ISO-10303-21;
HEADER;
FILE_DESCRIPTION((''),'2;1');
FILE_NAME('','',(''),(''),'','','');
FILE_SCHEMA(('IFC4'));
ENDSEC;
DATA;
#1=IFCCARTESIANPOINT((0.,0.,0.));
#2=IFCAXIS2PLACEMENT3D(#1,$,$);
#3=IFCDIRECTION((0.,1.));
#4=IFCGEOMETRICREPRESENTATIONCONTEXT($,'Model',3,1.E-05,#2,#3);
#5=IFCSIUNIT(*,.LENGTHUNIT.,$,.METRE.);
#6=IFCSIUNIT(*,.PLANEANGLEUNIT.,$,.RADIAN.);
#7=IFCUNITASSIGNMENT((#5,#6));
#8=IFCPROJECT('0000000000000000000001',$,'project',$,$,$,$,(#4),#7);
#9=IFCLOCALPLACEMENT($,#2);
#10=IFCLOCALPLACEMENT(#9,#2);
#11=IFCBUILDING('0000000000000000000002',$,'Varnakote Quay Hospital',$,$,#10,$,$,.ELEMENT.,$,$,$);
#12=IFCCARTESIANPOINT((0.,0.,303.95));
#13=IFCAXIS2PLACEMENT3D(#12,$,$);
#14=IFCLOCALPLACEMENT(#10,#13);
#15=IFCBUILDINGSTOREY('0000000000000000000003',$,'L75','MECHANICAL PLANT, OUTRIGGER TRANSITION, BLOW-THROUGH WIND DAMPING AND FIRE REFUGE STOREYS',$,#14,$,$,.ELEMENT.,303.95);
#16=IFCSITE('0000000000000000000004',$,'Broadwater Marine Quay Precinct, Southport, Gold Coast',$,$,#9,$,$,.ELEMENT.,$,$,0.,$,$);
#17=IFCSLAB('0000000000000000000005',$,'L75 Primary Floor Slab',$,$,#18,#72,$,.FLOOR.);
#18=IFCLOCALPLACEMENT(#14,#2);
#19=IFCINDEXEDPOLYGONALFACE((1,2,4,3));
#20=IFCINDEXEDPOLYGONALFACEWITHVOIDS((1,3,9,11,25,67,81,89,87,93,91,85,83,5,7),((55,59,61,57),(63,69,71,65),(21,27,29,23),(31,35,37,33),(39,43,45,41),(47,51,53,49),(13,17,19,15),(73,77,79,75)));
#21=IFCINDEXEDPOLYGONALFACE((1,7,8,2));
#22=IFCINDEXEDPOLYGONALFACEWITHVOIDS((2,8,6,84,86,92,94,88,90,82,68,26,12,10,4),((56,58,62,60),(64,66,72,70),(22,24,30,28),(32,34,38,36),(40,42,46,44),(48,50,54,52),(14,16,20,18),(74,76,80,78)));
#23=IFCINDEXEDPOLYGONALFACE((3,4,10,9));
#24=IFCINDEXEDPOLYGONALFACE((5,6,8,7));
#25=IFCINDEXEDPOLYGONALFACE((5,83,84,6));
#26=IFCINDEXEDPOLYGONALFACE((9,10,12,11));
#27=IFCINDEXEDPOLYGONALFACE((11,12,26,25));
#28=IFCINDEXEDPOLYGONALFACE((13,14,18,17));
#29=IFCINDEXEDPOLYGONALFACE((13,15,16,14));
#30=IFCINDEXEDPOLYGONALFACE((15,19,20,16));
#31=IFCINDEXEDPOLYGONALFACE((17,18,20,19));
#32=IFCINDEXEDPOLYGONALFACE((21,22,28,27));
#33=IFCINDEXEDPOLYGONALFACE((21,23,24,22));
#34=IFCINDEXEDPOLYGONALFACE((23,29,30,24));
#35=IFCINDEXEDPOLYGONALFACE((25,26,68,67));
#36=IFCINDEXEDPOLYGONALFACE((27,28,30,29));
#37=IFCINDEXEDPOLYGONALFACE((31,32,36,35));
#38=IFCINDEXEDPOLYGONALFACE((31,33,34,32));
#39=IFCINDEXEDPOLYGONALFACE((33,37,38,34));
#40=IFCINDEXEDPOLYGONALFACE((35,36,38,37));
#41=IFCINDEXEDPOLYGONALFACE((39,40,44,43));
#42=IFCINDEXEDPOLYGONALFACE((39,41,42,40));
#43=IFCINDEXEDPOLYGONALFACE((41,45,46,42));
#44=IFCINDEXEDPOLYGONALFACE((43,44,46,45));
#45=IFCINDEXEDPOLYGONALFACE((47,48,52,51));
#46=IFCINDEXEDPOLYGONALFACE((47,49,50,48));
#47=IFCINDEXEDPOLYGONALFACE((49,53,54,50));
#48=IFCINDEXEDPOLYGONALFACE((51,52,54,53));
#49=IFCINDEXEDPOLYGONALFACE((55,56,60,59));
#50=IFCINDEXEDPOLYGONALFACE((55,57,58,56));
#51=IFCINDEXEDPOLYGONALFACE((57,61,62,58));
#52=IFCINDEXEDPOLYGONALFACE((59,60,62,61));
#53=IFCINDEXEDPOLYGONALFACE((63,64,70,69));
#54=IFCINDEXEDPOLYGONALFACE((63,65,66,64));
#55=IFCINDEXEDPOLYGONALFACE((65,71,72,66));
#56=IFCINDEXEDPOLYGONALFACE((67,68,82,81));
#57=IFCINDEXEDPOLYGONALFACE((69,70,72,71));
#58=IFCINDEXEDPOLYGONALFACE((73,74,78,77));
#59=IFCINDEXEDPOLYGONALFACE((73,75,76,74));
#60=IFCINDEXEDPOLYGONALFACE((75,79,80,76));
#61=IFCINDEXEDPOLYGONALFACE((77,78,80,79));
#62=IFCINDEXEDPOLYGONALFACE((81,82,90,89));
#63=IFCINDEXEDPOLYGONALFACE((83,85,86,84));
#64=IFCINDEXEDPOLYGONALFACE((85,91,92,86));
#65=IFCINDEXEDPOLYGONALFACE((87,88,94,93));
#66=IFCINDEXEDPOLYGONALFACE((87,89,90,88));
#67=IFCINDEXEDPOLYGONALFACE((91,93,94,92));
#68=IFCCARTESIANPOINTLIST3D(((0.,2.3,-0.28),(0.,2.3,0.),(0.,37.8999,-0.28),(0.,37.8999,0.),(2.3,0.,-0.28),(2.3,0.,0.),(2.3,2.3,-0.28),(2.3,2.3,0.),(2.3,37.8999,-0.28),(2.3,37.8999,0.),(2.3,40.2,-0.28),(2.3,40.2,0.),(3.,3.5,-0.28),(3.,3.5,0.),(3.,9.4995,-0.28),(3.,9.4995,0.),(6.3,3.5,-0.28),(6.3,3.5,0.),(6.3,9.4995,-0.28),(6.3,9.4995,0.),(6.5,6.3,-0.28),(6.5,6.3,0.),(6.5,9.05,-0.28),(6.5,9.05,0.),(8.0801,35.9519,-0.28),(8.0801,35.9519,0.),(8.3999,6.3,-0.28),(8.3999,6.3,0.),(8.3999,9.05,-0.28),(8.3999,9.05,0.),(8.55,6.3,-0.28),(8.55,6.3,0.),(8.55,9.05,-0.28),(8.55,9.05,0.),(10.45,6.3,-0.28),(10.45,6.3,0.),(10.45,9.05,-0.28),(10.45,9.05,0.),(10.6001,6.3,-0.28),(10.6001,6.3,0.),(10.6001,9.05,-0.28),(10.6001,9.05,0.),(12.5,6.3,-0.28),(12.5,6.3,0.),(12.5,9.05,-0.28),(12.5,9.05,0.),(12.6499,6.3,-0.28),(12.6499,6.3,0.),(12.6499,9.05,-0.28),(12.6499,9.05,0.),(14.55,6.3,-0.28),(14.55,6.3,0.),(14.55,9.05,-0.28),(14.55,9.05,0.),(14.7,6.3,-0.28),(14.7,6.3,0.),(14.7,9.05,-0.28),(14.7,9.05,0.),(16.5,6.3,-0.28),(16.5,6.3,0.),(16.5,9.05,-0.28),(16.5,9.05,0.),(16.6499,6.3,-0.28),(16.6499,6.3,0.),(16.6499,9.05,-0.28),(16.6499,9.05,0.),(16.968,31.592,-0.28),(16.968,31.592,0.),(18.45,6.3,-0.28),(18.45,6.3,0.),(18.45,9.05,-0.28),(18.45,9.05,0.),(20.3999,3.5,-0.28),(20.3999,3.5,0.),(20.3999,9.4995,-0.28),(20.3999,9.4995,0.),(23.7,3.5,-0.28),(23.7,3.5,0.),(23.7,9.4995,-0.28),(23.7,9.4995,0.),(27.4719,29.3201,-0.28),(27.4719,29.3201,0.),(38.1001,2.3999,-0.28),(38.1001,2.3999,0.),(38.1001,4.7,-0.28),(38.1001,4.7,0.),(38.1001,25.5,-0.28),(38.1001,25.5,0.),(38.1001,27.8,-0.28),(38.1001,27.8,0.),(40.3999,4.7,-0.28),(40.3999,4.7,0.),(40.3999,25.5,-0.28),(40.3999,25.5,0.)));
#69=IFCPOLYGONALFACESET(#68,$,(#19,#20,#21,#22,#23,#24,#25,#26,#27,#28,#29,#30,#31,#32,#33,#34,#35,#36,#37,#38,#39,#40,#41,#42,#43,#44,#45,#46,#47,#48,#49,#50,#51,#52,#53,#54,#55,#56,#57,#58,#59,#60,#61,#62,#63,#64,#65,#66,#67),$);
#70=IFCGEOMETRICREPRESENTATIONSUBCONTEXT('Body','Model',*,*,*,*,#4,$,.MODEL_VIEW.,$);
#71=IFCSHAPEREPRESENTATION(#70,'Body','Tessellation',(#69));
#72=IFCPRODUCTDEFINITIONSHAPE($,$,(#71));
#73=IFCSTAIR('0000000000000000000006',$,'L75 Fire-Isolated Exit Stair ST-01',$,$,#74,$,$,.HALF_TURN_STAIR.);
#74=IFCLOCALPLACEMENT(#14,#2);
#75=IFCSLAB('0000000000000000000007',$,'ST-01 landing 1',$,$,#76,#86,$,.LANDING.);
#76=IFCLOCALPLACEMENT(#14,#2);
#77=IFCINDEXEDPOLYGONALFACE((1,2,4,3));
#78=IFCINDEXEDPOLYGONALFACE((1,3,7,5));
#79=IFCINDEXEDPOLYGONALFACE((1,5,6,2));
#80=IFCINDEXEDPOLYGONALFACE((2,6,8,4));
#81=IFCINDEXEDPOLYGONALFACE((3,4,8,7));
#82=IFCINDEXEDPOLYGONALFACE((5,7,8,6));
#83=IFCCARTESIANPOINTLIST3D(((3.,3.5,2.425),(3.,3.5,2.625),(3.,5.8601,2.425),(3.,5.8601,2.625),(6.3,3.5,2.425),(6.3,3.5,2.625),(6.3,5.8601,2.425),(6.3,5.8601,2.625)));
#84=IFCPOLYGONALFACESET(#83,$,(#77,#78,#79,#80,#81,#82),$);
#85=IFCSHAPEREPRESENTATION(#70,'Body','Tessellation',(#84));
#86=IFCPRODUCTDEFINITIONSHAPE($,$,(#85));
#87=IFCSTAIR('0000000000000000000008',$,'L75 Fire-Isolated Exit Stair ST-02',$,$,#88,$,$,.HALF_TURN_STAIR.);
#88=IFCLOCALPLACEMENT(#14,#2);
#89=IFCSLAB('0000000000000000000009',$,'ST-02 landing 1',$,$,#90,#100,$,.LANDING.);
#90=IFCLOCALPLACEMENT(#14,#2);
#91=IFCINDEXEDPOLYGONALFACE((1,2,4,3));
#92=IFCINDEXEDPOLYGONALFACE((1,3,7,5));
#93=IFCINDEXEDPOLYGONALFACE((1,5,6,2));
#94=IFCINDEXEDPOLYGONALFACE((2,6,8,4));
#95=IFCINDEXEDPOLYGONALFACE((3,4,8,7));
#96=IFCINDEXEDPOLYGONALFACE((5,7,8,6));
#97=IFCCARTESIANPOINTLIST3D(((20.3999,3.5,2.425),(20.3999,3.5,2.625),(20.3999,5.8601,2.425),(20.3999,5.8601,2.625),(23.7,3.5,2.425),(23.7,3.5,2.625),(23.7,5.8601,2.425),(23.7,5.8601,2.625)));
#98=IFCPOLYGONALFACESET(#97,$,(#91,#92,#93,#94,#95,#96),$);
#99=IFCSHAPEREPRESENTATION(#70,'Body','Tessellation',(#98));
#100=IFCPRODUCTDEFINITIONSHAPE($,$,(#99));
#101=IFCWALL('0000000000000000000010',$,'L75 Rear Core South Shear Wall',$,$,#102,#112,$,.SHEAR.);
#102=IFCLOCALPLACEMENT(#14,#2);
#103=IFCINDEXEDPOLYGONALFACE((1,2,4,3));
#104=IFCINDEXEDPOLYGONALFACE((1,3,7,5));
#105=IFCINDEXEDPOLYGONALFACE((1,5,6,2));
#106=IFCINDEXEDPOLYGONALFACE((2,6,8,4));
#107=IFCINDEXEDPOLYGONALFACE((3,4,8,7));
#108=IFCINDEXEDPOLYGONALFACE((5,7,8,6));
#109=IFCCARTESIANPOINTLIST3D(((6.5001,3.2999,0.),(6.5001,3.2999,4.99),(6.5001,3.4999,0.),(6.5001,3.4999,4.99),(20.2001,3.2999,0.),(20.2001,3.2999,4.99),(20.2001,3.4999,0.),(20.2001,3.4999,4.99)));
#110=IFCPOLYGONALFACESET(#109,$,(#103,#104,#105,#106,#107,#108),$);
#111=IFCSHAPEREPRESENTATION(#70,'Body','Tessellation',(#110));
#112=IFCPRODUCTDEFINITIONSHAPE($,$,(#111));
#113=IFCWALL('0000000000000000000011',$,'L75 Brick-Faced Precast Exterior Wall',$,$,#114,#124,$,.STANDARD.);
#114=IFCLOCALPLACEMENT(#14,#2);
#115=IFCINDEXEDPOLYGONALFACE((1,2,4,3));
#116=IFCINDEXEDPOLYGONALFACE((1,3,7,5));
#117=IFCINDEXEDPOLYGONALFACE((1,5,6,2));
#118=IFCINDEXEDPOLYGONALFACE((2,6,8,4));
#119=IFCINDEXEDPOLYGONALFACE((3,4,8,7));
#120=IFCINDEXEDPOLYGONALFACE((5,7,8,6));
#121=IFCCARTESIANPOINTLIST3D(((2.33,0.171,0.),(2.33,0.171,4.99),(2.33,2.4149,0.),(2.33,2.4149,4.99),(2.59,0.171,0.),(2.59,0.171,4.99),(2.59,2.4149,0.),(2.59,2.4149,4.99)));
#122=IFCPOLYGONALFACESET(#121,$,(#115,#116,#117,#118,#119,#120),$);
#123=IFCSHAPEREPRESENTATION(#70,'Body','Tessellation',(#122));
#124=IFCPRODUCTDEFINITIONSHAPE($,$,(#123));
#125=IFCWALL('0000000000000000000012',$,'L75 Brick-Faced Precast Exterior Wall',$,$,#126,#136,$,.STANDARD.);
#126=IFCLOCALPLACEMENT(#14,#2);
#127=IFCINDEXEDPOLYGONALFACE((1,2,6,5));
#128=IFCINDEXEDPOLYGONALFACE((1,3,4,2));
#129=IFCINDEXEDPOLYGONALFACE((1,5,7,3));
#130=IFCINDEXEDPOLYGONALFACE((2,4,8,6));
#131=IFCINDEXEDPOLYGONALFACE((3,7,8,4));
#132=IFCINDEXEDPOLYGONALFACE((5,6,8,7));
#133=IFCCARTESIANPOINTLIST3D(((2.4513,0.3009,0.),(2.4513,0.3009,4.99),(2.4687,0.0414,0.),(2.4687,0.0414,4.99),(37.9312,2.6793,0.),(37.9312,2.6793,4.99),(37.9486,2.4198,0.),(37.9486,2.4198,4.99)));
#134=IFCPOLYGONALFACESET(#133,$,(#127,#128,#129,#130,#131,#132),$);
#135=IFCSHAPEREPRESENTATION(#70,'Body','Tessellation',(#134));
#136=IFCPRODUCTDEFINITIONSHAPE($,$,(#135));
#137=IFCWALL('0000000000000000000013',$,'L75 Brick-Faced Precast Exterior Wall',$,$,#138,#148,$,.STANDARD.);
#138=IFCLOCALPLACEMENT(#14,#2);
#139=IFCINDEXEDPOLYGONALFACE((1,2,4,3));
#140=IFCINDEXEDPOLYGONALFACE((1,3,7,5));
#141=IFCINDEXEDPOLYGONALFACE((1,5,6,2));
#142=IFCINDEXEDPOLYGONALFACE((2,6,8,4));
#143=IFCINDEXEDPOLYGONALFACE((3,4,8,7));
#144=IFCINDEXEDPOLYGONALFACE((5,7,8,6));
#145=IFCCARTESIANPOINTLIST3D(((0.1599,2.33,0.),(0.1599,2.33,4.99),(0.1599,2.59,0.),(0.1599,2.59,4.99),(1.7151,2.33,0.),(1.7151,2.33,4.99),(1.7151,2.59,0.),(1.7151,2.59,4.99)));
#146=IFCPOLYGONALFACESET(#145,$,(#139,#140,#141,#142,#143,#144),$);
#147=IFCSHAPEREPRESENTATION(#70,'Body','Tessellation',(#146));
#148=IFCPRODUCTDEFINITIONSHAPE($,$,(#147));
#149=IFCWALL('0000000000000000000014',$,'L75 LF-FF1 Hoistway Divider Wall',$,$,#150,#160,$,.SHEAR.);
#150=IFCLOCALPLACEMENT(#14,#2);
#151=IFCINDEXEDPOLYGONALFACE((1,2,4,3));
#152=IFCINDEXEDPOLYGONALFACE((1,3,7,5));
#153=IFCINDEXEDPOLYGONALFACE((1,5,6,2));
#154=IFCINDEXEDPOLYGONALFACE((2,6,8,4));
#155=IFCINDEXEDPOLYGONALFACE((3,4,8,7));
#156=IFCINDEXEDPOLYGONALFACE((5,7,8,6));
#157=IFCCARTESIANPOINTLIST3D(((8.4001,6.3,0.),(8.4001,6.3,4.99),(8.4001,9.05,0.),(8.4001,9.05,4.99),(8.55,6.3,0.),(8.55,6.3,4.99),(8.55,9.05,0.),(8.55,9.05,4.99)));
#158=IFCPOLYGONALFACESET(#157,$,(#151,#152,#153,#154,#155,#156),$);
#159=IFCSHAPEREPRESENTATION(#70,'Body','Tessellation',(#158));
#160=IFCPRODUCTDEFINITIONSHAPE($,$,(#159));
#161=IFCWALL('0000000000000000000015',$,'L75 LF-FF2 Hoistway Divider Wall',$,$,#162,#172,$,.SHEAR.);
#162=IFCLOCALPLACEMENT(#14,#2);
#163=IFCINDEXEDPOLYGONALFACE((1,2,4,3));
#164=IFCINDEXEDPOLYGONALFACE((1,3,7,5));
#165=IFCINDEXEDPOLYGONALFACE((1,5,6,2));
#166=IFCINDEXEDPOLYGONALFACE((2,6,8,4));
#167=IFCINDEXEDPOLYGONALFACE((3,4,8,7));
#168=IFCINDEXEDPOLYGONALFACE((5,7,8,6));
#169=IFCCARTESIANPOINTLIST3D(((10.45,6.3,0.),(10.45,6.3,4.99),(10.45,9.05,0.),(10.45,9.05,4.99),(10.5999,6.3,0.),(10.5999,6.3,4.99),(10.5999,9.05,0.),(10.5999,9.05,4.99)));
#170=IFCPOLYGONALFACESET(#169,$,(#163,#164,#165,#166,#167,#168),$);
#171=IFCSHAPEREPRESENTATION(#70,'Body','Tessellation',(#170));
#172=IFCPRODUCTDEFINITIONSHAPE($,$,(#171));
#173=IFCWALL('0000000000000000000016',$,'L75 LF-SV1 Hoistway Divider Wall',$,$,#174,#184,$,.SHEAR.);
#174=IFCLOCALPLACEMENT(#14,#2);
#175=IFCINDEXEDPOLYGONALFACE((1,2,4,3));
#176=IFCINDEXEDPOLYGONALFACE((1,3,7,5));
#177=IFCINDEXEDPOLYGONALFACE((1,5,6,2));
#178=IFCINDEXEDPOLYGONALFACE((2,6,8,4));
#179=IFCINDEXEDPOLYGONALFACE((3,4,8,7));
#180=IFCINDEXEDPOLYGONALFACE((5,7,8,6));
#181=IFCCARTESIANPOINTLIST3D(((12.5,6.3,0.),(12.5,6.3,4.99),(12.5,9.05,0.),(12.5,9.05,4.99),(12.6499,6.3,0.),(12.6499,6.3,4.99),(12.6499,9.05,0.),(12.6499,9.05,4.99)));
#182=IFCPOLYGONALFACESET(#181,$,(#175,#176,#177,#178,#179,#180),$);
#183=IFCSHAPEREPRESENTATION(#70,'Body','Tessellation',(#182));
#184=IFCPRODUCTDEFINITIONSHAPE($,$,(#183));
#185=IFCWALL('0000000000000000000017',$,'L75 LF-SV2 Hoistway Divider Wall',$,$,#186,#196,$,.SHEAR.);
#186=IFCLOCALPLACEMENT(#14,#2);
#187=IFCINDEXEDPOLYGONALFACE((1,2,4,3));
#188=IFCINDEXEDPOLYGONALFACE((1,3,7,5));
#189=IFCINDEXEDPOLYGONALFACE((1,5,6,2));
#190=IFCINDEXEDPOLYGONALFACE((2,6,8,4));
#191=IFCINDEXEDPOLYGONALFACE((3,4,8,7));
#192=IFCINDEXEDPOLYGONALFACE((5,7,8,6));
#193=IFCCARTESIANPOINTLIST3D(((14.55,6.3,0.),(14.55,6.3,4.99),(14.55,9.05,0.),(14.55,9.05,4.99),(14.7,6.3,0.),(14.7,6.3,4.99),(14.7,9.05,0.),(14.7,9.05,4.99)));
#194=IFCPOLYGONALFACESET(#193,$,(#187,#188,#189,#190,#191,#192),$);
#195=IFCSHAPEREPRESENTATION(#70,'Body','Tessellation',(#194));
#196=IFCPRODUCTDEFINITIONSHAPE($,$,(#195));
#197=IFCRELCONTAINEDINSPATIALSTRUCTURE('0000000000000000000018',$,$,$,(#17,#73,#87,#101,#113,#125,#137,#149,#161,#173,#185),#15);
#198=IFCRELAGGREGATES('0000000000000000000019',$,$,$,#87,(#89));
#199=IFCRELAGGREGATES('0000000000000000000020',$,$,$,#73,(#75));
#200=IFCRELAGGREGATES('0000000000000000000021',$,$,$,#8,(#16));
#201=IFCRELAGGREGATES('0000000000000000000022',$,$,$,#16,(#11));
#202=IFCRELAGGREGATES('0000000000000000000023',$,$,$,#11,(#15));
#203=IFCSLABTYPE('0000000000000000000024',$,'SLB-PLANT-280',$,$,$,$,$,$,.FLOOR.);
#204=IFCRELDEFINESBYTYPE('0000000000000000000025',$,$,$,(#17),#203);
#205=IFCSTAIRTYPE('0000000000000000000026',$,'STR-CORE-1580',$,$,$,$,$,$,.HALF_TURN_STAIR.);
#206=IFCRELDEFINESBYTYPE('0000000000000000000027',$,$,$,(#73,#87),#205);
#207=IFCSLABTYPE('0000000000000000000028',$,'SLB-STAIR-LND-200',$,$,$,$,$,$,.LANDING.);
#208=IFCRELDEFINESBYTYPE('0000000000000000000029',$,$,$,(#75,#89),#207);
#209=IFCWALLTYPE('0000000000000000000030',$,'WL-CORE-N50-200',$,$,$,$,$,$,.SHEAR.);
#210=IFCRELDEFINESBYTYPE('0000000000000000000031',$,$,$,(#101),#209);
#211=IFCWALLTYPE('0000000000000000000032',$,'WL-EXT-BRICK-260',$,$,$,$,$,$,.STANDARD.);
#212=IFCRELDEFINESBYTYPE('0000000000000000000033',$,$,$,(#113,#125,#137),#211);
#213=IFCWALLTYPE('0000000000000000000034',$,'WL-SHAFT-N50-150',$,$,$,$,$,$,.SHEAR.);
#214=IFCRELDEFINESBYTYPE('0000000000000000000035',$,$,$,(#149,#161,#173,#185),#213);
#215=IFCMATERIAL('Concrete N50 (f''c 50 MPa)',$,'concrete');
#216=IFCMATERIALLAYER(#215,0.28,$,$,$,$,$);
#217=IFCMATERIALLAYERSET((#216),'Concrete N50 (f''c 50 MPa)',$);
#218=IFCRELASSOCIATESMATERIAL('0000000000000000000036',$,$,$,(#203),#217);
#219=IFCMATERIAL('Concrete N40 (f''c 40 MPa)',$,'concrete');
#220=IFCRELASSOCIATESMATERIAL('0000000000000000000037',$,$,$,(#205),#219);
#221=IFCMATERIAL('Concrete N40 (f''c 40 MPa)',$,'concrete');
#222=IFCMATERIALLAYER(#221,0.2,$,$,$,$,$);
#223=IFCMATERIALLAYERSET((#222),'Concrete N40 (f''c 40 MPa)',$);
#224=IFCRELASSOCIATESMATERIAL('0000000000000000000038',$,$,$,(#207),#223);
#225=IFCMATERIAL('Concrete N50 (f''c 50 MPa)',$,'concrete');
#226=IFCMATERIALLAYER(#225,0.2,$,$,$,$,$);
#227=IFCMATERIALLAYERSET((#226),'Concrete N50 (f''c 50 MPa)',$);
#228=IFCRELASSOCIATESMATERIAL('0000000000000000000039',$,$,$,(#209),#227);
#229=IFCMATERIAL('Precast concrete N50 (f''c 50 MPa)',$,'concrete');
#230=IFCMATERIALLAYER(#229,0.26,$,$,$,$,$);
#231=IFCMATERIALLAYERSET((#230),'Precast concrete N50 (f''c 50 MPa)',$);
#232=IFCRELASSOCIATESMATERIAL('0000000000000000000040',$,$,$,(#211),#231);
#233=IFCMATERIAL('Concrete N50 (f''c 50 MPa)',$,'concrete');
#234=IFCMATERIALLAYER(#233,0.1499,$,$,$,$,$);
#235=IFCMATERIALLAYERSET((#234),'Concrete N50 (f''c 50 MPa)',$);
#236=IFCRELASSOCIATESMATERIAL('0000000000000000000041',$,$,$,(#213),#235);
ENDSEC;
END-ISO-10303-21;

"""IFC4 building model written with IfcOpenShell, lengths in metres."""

from ifc_helpers import new_model, si_unit, direction, frame, frame_2d, origin, place, context, subcontext, project, spatial, polyline, rectangle, outline, extrude, material, layer, layer_set, type_object, element, aggregate, save


model = new_model("IFC4")

# Units and contexts
model_context = context("Model", 3, precision=1e-05, world=origin(), true_north=direction((0.0, 1.0)))
body_context = subcontext(model_context, "Body", "Model", "MODEL_VIEW")
ifc_project = project(units=[si_unit("LENGTHUNIT", "METRE"), si_unit("PLANEANGLEUNIT", "RADIAN")], contexts=[model_context])

# Site, building, storey
site_placement = place(None, origin())
site = spatial("IfcSite", under=ifc_project, at=site_placement, Name="Broadwater Marine Quay Precinct, Southport, Gold Coast", CompositionType="ELEMENT", RefElevation=0.0)
building_placement = place(site_placement, origin())
building = spatial("IfcBuilding", under=site, at=building_placement, Name="Varnakote Quay Hospital", CompositionType="ELEMENT")
storey_placement = place(building_placement, frame((0.0, 0.0, 303.95)))
storey = spatial("IfcBuildingStorey", under=building, at=storey_placement, Name="L75", Description="MECHANICAL PLANT, OUTRIGGER TRANSITION, BLOW-THROUGH WIND DAMPING AND FIRE REFUGE STOREYS", CompositionType="ELEMENT", Elevation=303.95)

# Slab
ifc_material_1 = material(Name="Concrete N50 (f'c 50 MPa)", Category="concrete")
ifc_layer_1 = layer(ifc_material_1, 0.28)
ifc_layer_set_1 = layer_set([ifc_layer_1], Name="Concrete N50 (f'c 50 MPa)")
slab_type_1 = type_object("IfcSlabType", Name="SLB-PLANT-280", PredefinedType="FLOOR", material=ifc_layer_set_1)
slab_1_placement = place(storey_placement, frame((0.0, 0.0, -0.28)))
element("IfcSlab", 1, at=slab_1_placement, inside=storey, type_object=slab_type_1, Name="L75 Primary Floor Slab", PredefinedType="FLOOR", context=body_context, shape_type="SweptSolid", body=[
    extrude(outline(polyline([(0.0, 2.3), (2.3, 2.3), (2.3, 0.0), (38.1001, 2.3999), (38.1001, 4.7), (40.3999, 4.7), (40.3999, 25.5), (38.1001, 25.5), (38.1001, 27.8), (27.4719, 29.3201), (16.968, 31.592), (8.0801, 35.9519), (2.3, 40.2), (2.3, 37.8999), (0.0, 37.8999), (0.0, 2.3)]), holes=[polyline([(3.0, 3.5), (6.3, 3.5), (6.3, 9.4995), (3.0, 9.4995), (3.0, 3.5)]), polyline([(20.3999, 3.5), (23.7, 3.5), (23.7, 9.4995), (20.3999, 9.4995), (20.3999, 3.5)]), polyline([(6.5, 6.3), (8.3999, 6.3), (8.3999, 9.05), (6.5, 9.05), (6.5, 6.3)]), polyline([(8.55, 6.3), (10.45, 6.3), (10.45, 9.05), (8.55, 9.05), (8.55, 6.3)]), polyline([(10.6001, 6.3), (12.5, 6.3), (12.5, 9.05), (10.6001, 9.05), (10.6001, 6.3)]), polyline([(12.6499, 6.3), (14.55, 6.3), (14.55, 9.05), (12.6499, 9.05), (12.6499, 6.3)]), polyline([(14.7, 6.3), (16.5, 6.3), (16.5, 9.05), (14.7, 9.05), (14.7, 6.3)]), polyline([(16.6499, 6.3), (18.45, 6.3), (18.45, 9.05), (16.6499, 9.05), (16.6499, 6.3)])]), origin(), (0.0, 0.0, 1.0), 0.28),
])

# Stairs, slabs
ifc_material_2 = material(Name="Concrete N40 (f'c 40 MPa)", Category="concrete")
stair_type = type_object("IfcStairType", Name="STR-CORE-1580", PredefinedType="HALF_TURN_STAIR", material=ifc_material_2)
stair_1_placement = place(storey_placement, origin())
stair_1 = element("IfcStair", 2, at=stair_1_placement, inside=storey, type_object=stair_type, Name="L75 Fire-Isolated Exit Stair ST-01", PredefinedType="HALF_TURN_STAIR")
ifc_material_3 = material(Name="Concrete N40 (f'c 40 MPa)", Category="concrete")
ifc_layer_2 = layer(ifc_material_3, 0.2)
ifc_layer_set_2 = layer_set([ifc_layer_2], Name="Concrete N40 (f'c 40 MPa)")
slab_type_2 = type_object("IfcSlabType", Name="SLB-STAIR-LND-200", PredefinedType="LANDING", material=ifc_layer_set_2)
slab_2_placement = place(storey_placement, frame((0.0, 0.0, 2.425)))
slab_2 = element("IfcSlab", 3, at=slab_2_placement, type_object=slab_type_2, Name="ST-01 landing 1", PredefinedType="LANDING", context=body_context, shape_type="SweptSolid", body=[
    extrude(outline(polyline([(3.0, 5.8601), (3.0, 3.5), (6.3, 3.5), (6.3, 5.8601), (3.0, 5.8601)])), origin(), (0.0, 0.0, 1.0), 0.2),
])
stair_2_placement = place(storey_placement, origin())
stair_2 = element("IfcStair", 4, at=stair_2_placement, inside=storey, type_object=stair_type, Name="L75 Fire-Isolated Exit Stair ST-02", PredefinedType="HALF_TURN_STAIR")
slab_3_placement = place(storey_placement, frame((0.0, 0.0, 2.425)))
slab_3 = element("IfcSlab", 5, at=slab_3_placement, type_object=slab_type_2, Name="ST-02 landing 1", PredefinedType="LANDING", context=body_context, shape_type="SweptSolid", body=[
    extrude(outline(polyline([(20.3999, 5.8601), (20.3999, 3.5), (23.7, 3.5), (23.7, 5.8601), (20.3999, 5.8601)])), origin(), (0.0, 0.0, 1.0), 0.2),
])
aggregate(stair_2, [slab_3])

# Walls
ifc_material_4 = material(Name="Concrete N50 (f'c 50 MPa)", Category="concrete")
ifc_layer_3 = layer(ifc_material_4, 0.2)
ifc_layer_set_3 = layer_set([ifc_layer_3], Name="Concrete N50 (f'c 50 MPa)")
wall_type_1 = type_object("IfcWallType", Name="WL-CORE-N50-200", PredefinedType="SHEAR", material=ifc_layer_set_3)
wall_1_placement = place(storey_placement, frame((6.5, 3.3999, 0.0), z_axis=(0.0, 0.0, 1.0), x_axis=(1.0, 0.0, 0.0)))
element("IfcWall", 6, at=wall_1_placement, inside=storey, type_object=wall_type_1, Name="L75 Rear Core South Shear Wall", PredefinedType="SHEAR", context=body_context, shape_type="SweptSolid", body=[
    extrude(rectangle(XDim=13.7, YDim=0.2, at=frame_2d((6.8501, 0.0))), origin(), (0.0, 0.0, 1.0), 4.99),
])
ifc_material_5 = material(Name="Precast concrete N50 (f'c 50 MPa)", Category="concrete")
ifc_layer_4 = layer(ifc_material_5, 0.26)
ifc_layer_set_4 = layer_set([ifc_layer_4], Name="Precast concrete N50 (f'c 50 MPa)")
wall_type_2 = type_object("IfcWallType", Name="WL-EXT-BRICK-260", PredefinedType="STANDARD", material=ifc_layer_set_4)
wall_2_placement = place(storey_placement, frame((2.46, 2.415, 0.0), z_axis=(0.0, 0.0, 1.0), x_axis=(0.0, -1.0, 0.0)))
element("IfcWall", 7, at=wall_2_placement, inside=storey, type_object=wall_type_2, Name="L75 Brick-Faced Precast Exterior Wall", PredefinedType="STANDARD", context=body_context, shape_type="SweptSolid", body=[
    extrude(rectangle(XDim=2.2439, YDim=0.26, at=frame_2d((1.1221, 0.0))), origin(), (0.0, 0.0, 1.0), 4.99),
])
wall_3_placement = place(storey_placement, frame((2.46, 0.1711, 0.0), z_axis=(0.0, 0.0, 1.0), x_axis=(0.997761, 0.066885, 0.0)))
element("IfcWall", 8, at=wall_3_placement, inside=storey, type_object=wall_type_2, Name="L75 Brick-Faced Precast Exterior Wall", PredefinedType="STANDARD", context=body_context, shape_type="SweptSolid", body=[
    extrude(rectangle(XDim=35.5596, YDim=0.26, at=frame_2d((17.7798, 0.0))), origin(), (0.0, 0.0, 1.0), 4.99),
])
wall_4_placement = place(storey_placement, frame((0.1599, 2.46, 0.0), z_axis=(0.0, 0.0, 1.0), x_axis=(1.0, 0.0, 0.0)))
element("IfcWall", 9, at=wall_4_placement, inside=storey, type_object=wall_type_2, Name="L75 Brick-Faced Precast Exterior Wall", PredefinedType="STANDARD", context=body_context, shape_type="SweptSolid", body=[
    extrude(rectangle(XDim=1.5552, YDim=0.26, at=frame_2d((0.7776, 0.0))), origin(), (0.0, 0.0, 1.0), 4.99),
])
ifc_material_6 = material(Name="Concrete N50 (f'c 50 MPa)", Category="concrete")
ifc_layer_5 = layer(ifc_material_6, 0.1499)
ifc_layer_set_5 = layer_set([ifc_layer_5], Name="Concrete N50 (f'c 50 MPa)")
wall_type_3 = type_object("IfcWallType", Name="WL-SHAFT-N50-150", PredefinedType="SHEAR", material=ifc_layer_set_5)
for number, where, z_axis, x_axis, name in (
    (10, (8.4751, 6.3, 0.0), (0.0, 0.0, 1.0), (0.0, 1.0, 0.0), "L75 LF-FF1 Hoistway Divider Wall"),
    (11, (10.5249, 6.3, 0.0), (0.0, 0.0, 1.0), (0.0, 1.0, 0.0), "L75 LF-FF2 Hoistway Divider Wall"),
    (12, (12.575, 6.3, 0.0), (0.0, 0.0, 1.0), (0.0, 1.0, 0.0), "L75 LF-SV1 Hoistway Divider Wall"),
    (13, (14.625, 6.3, 0.0), (0.0, 0.0, 1.0), (0.0, 1.0, 0.0), "L75 LF-SV2 Hoistway Divider Wall"),
):
    element("IfcWall", number, at=place(storey_placement, frame(where, z_axis=z_axis, x_axis=x_axis)), inside=storey, type_object=wall_type_3, Name=name, PredefinedType="SHEAR", context=body_context, shape_type="SweptSolid", body=[
        extrude(rectangle(XDim=2.75, YDim=0.1499, at=frame_2d((1.375, 0.0))), origin(), (0.0, 0.0, 1.0), 4.99),
    ])

aggregate(stair_1, [slab_2])

save(model, "model.ifc")
